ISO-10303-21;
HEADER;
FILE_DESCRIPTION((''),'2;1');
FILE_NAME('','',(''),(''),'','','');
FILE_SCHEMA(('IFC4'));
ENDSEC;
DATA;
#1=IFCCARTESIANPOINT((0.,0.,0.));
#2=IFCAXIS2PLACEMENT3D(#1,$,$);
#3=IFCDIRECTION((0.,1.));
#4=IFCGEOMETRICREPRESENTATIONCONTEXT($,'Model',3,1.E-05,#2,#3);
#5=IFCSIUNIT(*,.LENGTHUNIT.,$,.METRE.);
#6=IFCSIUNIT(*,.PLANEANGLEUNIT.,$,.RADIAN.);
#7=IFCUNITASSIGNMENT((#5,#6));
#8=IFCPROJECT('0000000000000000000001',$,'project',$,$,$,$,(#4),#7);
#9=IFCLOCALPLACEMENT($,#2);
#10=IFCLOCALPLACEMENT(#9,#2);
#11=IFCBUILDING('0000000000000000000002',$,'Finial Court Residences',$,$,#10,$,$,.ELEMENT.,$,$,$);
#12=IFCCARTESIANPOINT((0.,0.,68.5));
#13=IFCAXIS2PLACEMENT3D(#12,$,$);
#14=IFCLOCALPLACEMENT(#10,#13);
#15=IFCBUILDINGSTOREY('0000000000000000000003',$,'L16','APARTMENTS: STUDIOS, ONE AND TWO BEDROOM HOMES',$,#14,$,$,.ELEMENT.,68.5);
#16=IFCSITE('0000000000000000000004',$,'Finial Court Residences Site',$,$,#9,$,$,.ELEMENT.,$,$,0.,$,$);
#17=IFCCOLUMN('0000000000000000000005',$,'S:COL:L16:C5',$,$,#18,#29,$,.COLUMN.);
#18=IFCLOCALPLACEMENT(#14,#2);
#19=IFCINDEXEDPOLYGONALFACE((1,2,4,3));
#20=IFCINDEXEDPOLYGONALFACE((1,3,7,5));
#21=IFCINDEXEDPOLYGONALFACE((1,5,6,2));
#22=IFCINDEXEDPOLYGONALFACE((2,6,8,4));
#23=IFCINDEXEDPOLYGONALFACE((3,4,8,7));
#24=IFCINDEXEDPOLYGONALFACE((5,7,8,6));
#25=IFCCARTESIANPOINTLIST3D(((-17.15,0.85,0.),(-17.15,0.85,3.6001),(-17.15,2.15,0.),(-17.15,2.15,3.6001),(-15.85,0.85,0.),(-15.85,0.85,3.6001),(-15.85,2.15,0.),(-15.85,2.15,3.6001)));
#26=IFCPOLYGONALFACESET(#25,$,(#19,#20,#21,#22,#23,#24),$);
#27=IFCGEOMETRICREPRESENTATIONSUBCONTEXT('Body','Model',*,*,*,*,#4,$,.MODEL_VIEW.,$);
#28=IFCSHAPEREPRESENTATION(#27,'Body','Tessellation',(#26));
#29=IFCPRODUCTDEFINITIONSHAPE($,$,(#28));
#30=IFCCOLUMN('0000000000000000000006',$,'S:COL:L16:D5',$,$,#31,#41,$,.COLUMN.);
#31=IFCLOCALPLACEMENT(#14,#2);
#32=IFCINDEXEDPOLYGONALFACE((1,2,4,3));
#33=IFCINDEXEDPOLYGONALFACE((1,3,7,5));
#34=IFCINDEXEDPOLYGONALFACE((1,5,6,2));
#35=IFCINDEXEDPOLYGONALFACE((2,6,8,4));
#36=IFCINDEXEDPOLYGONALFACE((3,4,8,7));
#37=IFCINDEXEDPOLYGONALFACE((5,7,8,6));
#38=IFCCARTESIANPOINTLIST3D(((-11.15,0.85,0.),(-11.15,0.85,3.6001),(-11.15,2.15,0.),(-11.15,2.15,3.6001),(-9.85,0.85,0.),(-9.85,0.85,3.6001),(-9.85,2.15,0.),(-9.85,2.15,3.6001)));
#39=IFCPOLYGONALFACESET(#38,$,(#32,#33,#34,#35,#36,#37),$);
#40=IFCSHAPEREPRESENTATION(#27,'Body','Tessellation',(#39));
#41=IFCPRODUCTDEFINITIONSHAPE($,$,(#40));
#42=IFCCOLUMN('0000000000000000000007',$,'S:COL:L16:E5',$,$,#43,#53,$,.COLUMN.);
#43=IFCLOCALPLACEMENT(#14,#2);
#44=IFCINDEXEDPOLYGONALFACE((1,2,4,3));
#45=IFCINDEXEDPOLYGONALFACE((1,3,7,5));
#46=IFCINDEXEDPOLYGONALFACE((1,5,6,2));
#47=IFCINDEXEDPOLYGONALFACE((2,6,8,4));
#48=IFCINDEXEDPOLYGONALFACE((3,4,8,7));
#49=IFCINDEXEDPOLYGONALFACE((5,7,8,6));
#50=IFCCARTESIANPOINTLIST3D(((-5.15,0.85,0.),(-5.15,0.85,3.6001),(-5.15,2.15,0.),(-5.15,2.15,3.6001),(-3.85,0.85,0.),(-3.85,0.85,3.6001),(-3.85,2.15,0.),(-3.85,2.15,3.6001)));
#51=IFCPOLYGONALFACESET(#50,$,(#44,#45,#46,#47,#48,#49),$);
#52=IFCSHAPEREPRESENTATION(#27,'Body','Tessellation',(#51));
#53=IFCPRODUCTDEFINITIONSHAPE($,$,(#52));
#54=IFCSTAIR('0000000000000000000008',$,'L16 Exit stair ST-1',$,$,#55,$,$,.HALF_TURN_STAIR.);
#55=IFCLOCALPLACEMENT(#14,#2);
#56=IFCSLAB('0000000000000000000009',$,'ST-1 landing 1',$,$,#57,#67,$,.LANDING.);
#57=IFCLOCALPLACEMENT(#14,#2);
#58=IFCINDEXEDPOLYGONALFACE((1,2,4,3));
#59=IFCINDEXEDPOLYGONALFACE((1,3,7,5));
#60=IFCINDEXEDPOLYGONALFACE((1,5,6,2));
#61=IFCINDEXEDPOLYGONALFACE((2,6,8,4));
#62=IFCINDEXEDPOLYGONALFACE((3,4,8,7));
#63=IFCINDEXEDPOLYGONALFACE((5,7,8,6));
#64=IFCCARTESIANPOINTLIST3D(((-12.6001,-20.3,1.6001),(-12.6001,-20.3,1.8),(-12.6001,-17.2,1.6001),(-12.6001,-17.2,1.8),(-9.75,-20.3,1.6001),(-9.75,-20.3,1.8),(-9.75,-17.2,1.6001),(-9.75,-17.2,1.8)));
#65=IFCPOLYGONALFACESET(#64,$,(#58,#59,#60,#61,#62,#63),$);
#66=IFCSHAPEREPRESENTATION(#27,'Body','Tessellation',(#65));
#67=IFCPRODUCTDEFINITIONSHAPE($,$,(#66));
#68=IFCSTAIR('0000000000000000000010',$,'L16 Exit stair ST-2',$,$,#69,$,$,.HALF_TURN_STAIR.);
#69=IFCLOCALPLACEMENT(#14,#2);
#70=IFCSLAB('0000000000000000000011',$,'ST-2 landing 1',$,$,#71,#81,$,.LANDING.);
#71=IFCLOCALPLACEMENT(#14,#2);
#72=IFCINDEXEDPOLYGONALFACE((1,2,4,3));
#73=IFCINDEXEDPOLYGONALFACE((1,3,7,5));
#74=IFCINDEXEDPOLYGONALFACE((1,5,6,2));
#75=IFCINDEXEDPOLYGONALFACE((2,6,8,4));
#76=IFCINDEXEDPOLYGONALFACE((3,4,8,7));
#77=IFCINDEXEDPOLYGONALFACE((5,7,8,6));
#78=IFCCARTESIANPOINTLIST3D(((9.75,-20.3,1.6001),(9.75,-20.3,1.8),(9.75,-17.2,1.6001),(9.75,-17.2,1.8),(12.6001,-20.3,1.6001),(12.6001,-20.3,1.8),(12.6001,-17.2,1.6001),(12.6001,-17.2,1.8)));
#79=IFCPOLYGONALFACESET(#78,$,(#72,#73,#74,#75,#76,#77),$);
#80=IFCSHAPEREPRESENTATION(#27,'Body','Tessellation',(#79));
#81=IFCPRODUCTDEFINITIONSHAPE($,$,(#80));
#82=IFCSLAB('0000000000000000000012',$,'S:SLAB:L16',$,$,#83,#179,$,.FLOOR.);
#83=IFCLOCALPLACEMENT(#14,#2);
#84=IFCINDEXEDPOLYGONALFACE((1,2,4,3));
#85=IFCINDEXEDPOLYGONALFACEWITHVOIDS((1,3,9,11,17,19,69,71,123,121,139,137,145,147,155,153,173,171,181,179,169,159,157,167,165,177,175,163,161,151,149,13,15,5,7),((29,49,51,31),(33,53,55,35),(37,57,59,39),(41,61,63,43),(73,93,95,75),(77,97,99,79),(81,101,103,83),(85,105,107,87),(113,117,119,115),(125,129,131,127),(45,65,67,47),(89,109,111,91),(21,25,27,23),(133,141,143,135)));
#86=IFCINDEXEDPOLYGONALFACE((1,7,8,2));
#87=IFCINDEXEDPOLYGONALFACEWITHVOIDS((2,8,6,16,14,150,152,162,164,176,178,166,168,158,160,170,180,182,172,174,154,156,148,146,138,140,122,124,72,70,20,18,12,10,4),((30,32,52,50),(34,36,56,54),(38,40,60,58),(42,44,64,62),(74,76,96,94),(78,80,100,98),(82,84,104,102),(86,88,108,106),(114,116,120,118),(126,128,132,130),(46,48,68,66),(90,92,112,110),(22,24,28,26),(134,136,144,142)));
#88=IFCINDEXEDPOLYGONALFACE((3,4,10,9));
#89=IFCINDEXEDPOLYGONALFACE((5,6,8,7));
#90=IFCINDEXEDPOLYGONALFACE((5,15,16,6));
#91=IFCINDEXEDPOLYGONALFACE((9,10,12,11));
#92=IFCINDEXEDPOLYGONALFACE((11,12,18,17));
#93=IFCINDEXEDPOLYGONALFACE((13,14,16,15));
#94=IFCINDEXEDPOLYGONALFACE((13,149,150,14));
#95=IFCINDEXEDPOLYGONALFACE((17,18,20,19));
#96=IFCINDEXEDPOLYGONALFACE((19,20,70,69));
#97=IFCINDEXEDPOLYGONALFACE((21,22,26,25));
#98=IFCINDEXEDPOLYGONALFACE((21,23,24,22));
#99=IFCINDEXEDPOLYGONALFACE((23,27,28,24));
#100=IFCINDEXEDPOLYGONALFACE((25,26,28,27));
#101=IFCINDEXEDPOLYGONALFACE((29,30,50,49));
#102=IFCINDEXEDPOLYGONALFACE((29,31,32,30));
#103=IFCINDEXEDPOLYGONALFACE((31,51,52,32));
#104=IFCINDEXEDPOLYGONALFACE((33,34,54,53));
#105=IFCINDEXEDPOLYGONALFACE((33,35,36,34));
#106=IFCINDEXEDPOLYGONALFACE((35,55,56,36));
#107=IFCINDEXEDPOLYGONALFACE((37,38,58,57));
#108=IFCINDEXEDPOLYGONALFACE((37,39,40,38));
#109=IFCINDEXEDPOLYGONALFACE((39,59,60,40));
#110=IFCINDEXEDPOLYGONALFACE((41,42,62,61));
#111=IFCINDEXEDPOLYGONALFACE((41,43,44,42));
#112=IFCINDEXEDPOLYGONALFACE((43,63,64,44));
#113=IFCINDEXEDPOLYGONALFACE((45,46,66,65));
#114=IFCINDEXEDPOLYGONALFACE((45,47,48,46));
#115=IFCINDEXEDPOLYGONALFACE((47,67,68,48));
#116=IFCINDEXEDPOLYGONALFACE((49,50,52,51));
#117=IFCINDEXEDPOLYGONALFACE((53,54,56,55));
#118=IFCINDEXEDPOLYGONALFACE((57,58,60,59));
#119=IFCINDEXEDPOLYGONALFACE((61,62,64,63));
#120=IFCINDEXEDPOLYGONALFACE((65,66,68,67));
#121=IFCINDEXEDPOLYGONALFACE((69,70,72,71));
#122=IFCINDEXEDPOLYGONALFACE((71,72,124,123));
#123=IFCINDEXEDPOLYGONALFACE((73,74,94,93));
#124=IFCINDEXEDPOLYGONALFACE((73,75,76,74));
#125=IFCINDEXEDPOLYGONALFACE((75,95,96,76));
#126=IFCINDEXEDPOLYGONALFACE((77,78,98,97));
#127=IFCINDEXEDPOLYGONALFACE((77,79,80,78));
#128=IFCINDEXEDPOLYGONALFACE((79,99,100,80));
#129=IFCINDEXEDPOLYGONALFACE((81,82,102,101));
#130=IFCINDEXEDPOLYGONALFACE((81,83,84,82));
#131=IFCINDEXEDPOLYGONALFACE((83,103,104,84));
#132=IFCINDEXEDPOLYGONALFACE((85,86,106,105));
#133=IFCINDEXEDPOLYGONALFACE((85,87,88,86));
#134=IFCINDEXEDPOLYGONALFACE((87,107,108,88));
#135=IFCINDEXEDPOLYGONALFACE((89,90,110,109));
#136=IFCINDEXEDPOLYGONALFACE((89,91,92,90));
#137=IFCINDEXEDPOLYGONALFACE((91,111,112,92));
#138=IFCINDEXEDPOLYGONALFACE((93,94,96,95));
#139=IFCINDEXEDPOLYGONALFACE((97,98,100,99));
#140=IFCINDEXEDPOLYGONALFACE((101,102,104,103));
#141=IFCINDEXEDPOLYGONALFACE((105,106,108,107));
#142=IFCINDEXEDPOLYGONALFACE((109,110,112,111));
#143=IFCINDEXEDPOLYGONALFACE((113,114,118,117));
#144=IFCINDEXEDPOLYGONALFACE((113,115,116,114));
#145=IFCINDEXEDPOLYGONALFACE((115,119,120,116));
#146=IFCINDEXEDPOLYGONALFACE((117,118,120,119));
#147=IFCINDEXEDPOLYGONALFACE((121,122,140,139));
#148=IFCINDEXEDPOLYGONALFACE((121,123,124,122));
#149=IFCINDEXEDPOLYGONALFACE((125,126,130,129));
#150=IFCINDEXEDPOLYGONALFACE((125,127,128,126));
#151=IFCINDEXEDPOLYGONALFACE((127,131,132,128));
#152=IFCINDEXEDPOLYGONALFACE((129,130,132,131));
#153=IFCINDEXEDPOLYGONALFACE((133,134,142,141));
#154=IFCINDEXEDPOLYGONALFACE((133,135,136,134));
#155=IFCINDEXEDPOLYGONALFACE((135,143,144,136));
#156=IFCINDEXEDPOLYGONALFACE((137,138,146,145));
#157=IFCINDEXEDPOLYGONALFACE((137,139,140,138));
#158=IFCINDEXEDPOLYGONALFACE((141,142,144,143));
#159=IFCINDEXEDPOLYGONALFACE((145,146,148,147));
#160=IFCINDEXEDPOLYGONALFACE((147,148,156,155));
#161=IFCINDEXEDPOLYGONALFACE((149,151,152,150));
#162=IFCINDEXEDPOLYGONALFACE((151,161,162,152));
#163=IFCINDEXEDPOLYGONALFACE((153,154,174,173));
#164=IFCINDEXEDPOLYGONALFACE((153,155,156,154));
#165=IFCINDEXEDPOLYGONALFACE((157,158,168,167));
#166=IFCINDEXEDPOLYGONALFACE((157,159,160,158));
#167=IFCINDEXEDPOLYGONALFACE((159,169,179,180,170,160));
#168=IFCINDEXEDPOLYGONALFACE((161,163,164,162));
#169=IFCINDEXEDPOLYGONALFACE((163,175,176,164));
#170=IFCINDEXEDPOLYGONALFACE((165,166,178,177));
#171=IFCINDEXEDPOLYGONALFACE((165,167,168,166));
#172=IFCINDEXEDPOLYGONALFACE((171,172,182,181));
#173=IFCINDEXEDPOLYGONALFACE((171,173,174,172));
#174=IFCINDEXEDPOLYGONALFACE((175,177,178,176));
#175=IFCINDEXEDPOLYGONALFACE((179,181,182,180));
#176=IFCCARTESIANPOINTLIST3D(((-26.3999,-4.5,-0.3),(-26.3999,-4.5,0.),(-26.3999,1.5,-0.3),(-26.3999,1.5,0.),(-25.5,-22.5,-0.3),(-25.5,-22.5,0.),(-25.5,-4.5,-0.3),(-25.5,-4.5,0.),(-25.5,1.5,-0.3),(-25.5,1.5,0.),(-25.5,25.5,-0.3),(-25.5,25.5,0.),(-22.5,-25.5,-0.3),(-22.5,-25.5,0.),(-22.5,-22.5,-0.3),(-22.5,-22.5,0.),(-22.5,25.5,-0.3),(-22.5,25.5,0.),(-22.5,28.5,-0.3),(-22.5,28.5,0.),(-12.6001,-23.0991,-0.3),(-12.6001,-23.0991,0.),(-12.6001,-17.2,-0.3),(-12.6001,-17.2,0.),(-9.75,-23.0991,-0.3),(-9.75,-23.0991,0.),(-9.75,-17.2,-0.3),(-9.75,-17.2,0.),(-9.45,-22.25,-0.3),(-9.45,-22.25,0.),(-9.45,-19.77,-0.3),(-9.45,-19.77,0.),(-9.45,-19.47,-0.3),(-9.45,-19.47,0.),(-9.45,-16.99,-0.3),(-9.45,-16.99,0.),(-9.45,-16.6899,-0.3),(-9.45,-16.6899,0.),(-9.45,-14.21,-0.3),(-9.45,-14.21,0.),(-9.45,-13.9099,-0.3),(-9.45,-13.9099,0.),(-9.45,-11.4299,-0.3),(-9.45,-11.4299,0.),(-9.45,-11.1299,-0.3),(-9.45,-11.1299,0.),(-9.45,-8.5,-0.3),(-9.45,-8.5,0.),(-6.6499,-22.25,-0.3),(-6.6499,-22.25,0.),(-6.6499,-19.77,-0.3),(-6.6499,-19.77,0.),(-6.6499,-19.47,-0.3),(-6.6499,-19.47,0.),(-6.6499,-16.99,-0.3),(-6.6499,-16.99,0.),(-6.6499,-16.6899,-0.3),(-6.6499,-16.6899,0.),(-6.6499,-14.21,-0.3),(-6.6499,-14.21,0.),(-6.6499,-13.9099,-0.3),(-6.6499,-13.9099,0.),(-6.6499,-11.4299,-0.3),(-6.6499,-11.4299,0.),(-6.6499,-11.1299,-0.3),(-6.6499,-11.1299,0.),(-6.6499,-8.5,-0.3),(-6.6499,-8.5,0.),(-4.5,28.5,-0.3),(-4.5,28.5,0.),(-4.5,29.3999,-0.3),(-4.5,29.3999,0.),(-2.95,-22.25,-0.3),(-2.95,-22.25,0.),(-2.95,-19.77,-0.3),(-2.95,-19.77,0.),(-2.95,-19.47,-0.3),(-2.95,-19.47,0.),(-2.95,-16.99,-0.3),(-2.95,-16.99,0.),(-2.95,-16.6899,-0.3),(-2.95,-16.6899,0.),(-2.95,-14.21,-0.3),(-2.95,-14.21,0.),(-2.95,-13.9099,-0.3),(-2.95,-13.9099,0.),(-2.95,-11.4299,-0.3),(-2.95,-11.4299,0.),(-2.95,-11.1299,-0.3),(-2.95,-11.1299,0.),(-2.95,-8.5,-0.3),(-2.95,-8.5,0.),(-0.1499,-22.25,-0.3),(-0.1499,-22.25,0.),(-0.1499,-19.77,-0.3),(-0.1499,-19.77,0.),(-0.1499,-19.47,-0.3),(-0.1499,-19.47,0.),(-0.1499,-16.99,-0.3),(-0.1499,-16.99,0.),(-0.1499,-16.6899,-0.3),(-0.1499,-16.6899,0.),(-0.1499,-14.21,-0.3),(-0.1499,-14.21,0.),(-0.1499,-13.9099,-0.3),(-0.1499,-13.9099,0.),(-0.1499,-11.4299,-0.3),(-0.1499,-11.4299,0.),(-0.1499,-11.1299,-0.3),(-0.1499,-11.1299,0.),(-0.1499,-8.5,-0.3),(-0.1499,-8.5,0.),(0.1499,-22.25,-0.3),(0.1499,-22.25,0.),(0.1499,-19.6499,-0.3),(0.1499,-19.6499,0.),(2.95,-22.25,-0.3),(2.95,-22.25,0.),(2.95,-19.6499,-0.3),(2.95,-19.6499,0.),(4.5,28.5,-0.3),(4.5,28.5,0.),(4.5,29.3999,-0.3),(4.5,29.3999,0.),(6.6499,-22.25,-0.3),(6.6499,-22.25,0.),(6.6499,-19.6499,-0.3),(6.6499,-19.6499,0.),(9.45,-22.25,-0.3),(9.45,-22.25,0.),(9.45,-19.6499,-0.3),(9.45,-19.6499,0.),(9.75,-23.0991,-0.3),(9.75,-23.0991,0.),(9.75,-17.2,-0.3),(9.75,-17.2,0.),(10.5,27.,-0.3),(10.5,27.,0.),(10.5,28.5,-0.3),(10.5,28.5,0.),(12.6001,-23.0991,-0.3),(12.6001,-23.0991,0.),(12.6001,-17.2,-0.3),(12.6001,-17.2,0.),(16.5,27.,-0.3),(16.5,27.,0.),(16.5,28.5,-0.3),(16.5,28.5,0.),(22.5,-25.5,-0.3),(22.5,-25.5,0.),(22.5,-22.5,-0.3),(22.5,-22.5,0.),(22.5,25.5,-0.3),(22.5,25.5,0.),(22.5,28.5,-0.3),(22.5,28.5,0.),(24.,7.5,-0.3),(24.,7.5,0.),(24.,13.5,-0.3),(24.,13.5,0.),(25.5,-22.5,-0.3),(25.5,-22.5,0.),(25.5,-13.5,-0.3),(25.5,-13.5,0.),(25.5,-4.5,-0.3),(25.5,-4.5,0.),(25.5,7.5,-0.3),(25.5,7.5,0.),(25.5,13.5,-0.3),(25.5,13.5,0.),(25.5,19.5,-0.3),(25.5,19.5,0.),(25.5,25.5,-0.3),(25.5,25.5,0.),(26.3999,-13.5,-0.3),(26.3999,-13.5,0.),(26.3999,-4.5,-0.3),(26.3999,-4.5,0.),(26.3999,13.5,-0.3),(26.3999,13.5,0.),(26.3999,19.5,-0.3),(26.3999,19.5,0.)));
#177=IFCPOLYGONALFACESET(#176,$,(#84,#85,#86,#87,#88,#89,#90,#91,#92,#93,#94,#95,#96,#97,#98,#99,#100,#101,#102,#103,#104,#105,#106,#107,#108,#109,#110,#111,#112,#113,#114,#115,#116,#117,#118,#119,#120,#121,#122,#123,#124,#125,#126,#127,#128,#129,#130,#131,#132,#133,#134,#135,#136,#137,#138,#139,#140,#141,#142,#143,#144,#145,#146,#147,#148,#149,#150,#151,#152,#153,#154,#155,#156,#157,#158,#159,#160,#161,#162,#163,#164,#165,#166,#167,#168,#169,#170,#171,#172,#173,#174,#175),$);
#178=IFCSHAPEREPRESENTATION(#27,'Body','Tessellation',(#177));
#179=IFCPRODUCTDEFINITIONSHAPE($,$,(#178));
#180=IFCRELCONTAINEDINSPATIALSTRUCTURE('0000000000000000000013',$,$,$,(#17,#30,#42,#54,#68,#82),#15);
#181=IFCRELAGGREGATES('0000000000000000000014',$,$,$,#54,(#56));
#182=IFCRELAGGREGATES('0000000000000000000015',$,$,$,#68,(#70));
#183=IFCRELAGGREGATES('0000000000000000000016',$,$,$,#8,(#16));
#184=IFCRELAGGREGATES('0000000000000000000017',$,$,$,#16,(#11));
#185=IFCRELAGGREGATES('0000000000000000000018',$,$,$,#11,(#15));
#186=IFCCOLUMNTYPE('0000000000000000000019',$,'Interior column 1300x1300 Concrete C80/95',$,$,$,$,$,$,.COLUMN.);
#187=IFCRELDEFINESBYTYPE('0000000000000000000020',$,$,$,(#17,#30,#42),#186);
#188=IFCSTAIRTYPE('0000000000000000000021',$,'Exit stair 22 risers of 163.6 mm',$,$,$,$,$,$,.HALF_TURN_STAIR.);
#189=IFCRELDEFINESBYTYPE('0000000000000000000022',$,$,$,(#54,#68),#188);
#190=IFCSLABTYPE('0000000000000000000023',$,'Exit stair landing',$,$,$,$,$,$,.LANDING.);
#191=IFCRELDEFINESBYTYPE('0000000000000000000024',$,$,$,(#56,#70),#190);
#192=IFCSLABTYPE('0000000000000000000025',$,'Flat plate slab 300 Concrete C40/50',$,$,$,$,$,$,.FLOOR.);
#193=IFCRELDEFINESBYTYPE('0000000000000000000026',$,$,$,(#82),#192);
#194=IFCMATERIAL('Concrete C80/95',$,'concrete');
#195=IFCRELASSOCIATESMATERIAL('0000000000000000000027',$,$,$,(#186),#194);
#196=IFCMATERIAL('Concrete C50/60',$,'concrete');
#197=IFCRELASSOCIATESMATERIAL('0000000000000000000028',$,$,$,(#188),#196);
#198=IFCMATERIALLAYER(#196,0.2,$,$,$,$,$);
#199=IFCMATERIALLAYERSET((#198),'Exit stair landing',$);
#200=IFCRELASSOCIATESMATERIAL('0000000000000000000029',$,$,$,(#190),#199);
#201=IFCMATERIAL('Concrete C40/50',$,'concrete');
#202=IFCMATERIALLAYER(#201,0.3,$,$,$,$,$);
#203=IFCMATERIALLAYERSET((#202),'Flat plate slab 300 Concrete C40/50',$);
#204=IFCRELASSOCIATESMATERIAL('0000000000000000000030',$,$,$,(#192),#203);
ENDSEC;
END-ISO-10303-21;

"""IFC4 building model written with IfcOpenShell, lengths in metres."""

from ifc_helpers import new_model, si_unit, direction, frame, origin, origin_2d, place, context, subcontext, project, spatial, polyline, rectangle, outline, extrude, material, layer, layer_set, material_profile, profile_set, type_object, element, aggregate, save


model = new_model("IFC4")

# Units and contexts
model_context = context("Model", 3, precision=1e-05, world=origin(), true_north=direction((0.0, 1.0)))
body_context = subcontext(model_context, "Body", "Model", "MODEL_VIEW")
ifc_project = project(units=[si_unit("LENGTHUNIT", "METRE"), si_unit("PLANEANGLEUNIT", "RADIAN")], contexts=[model_context])

# Site, building, storey
site_placement = place(None, origin())
site = spatial("IfcSite", under=ifc_project, at=site_placement, Name="Finial Court Residences Site", CompositionType="ELEMENT", RefElevation=0.0)
building_placement = place(site_placement, origin())
building = spatial("IfcBuilding", under=site, at=building_placement, Name="Finial Court Residences", CompositionType="ELEMENT")
storey_placement = place(building_placement, frame((0.0, 0.0, 68.5)))
storey = spatial("IfcBuildingStorey", under=building, at=storey_placement, Name="L16", Description="APARTMENTS: STUDIOS, ONE AND TWO BEDROOM HOMES", CompositionType="ELEMENT", Elevation=68.5)

# Columns
ifc_material_1 = material(Name="Concrete C80/95", Category="concrete")
ifc_material_profile = material_profile(ifc_material_1, rectangle(XDim=1.3, YDim=1.3, at=origin_2d()), Name="1300x1300")
ifc_profile_set = profile_set([ifc_material_profile], Name="Concrete C80/95")
column_type = type_object("IfcColumnType", Name="Interior column 1300x1300 Concrete C80/95", PredefinedType="COLUMN", material=ifc_profile_set)
for number, where, z_axis, x_axis, name in (
    (1, (-16.5, 1.5, 0.0), (0.0, 0.0, 1.0), (1.0, 0.0, 0.0), "S:COL:L16:C5"),
    (2, (-10.5, 1.5, 0.0), (0.0, 0.0, 1.0), (1.0, 0.0, 0.0), "S:COL:L16:D5"),
    (3, (-4.5, 1.5, 0.0), (0.0, 0.0, 1.0), (1.0, 0.0, 0.0), "S:COL:L16:E5"),
):
    element("IfcColumn", number, at=place(storey_placement, frame(where, z_axis=z_axis, x_axis=x_axis)), inside=storey, type_object=column_type, Name=name, PredefinedType="COLUMN", context=body_context, shape_type="SweptSolid", body=[
        extrude(rectangle(XDim=1.3, YDim=1.3, at=origin_2d()), origin(), (0.0, 0.0, 1.0), 3.6001),
    ])

# Stairs, slabs
ifc_material_2 = material(Name="Concrete C50/60", Category="concrete")
stair_type = type_object("IfcStairType", Name="Exit stair 22 risers of 163.6 mm", PredefinedType="HALF_TURN_STAIR", material=ifc_material_2)
stair_1_placement = place(storey_placement, origin())
stair_1 = element("IfcStair", 4, at=stair_1_placement, inside=storey, type_object=stair_type, Name="L16 Exit stair ST-1", PredefinedType="HALF_TURN_STAIR")
ifc_layer_1 = layer(ifc_material_2, 0.2)
ifc_layer_set_1 = layer_set([ifc_layer_1], Name="Exit stair landing")
slab_type_1 = type_object("IfcSlabType", Name="Exit stair landing", PredefinedType="LANDING", material=ifc_layer_set_1)
slab_1_placement = place(storey_placement, frame((0.0, 0.0, 1.6001)))
slab_1 = element("IfcSlab", 5, at=slab_1_placement, type_object=slab_type_1, Name="ST-1 landing 1", PredefinedType="LANDING", context=body_context, shape_type="SweptSolid", body=[
    extrude(outline(polyline([(-9.75, -20.3), (-9.75, -17.2), (-12.6001, -17.2), (-12.6001, -20.3), (-9.75, -20.3)])), origin(), (0.0, 0.0, 1.0), 0.2),
])
aggregate(stair_1, [slab_1])
stair_2_placement = place(storey_placement, origin())
stair_2 = element("IfcStair", 6, at=stair_2_placement, inside=storey, type_object=stair_type, Name="L16 Exit stair ST-2", PredefinedType="HALF_TURN_STAIR")
slab_2_placement = place(storey_placement, frame((0.0, 0.0, 1.6001)))
slab_2 = element("IfcSlab", 7, at=slab_2_placement, type_object=slab_type_1, Name="ST-2 landing 1", PredefinedType="LANDING", context=body_context, shape_type="SweptSolid", body=[
    extrude(outline(polyline([(12.6001, -20.3), (12.6001, -17.2), (9.75, -17.2), (9.75, -20.3), (12.6001, -20.3)])), origin(), (0.0, 0.0, 1.0), 0.2),
])
aggregate(stair_2, [slab_2])

# Slab
ifc_material_3 = material(Name="Concrete C40/50", Category="concrete")
ifc_layer_2 = layer(ifc_material_3, 0.3)
ifc_layer_set_2 = layer_set([ifc_layer_2], Name="Flat plate slab 300 Concrete C40/50")
slab_type_2 = type_object("IfcSlabType", Name="Flat plate slab 300 Concrete C40/50", PredefinedType="FLOOR", material=ifc_layer_set_2)
slab_3_placement = place(storey_placement, frame((0.0, 0.0, -0.3)))
element("IfcSlab", 8, at=slab_3_placement, inside=storey, type_object=slab_type_2, Name="S:SLAB:L16", PredefinedType="FLOOR", context=body_context, shape_type="SweptSolid", body=[
    extrude(outline(polyline([(22.5, -22.5), (22.5, -25.5), (-22.5, -25.5), (-22.5, -22.5), (-25.5, -22.5), (-25.5, -4.5), (-26.3999, -4.5), (-26.3999, 1.5), (-25.5, 1.5), (-25.5, 25.5), (-22.5, 25.5), (-22.5, 28.5), (-4.5, 28.5), (-4.5, 29.3999), (4.5, 29.3999), (4.5, 28.5), (10.5, 28.5), (10.5, 27.0), (16.5, 27.0), (16.5, 28.5), (22.5, 28.5), (22.5, 25.5), (25.5, 25.5), (25.5, 19.5), (26.3999, 19.5), (26.3999, 13.5), (25.5, 13.5), (24.0, 13.5), (24.0, 7.5), (25.5, 7.5), (25.5, -4.5), (26.3999, -4.5), (26.3999, -13.5), (25.5, -13.5), (25.5, -22.5), (22.5, -22.5)]), holes=[polyline([(-6.6499, -19.77), (-9.45, -19.77), (-9.45, -22.25), (-6.6499, -22.25), (-6.6499, -19.77)]), polyline([(-9.75, -17.2), (-12.6001, -17.2), (-12.6001, -23.0991), (-9.75, -23.0991), (-9.75, -17.2)]), polyline([(-6.6499, -19.47), (-6.6499, -16.99), (-9.45, -16.99), (-9.45, -19.47), (-6.6499, -19.47)]), polyline([(-6.6499, -16.6899), (-6.6499, -14.21), (-9.45, -14.21), (-9.45, -16.6899), (-6.6499, -16.6899)]), polyline([(-6.6499, -13.9099), (-6.6499, -11.4299), (-9.45, -11.4299), (-9.45, -13.9099), (-6.6499, -13.9099)]), polyline([(-6.6499, -11.1299), (-6.6499, -8.5), (-9.45, -8.5), (-9.45, -11.1299), (-6.6499, -11.1299)]), polyline([(-0.1499, -11.1299), (-0.1499, -8.5), (-2.95, -8.5), (-2.95, -11.1299), (-0.1499, -11.1299)]), polyline([(-0.1499, -19.77), (-2.95, -19.77), (-2.95, -22.25), (-0.1499, -22.25), (-0.1499, -19.77)]), polyline([(2.95, -22.25), (2.95, -19.6499), (0.1499, -19.6499), (0.1499, -22.25), (2.95, -22.25)]), polyline([(9.45, -22.25), (9.45, -19.6499), (6.6499, -19.6499), (6.6499, -22.25), (9.45, -22.25)]), polyline([(12.6001, -17.2), (9.75, -17.2), (9.75, -23.0991), (12.6001, -23.0991), (12.6001, -17.2)]), polyline([(-0.1499, -19.47), (-0.1499, -16.99), (-2.95, -16.99), (-2.95, -19.47), (-0.1499, -19.47)]), polyline([(-0.1499, -16.6899), (-0.1499, -14.21), (-2.95, -14.21), (-2.95, -16.6899), (-0.1499, -16.6899)]), polyline([(-0.1499, -13.9099), (-0.1499, -11.4299), (-2.95, -11.4299), (-2.95, -13.9099), (-0.1499, -13.9099)])]), origin(), (0.0, 0.0, 1.0), 0.3),
])

save(model, "model.ifc")
